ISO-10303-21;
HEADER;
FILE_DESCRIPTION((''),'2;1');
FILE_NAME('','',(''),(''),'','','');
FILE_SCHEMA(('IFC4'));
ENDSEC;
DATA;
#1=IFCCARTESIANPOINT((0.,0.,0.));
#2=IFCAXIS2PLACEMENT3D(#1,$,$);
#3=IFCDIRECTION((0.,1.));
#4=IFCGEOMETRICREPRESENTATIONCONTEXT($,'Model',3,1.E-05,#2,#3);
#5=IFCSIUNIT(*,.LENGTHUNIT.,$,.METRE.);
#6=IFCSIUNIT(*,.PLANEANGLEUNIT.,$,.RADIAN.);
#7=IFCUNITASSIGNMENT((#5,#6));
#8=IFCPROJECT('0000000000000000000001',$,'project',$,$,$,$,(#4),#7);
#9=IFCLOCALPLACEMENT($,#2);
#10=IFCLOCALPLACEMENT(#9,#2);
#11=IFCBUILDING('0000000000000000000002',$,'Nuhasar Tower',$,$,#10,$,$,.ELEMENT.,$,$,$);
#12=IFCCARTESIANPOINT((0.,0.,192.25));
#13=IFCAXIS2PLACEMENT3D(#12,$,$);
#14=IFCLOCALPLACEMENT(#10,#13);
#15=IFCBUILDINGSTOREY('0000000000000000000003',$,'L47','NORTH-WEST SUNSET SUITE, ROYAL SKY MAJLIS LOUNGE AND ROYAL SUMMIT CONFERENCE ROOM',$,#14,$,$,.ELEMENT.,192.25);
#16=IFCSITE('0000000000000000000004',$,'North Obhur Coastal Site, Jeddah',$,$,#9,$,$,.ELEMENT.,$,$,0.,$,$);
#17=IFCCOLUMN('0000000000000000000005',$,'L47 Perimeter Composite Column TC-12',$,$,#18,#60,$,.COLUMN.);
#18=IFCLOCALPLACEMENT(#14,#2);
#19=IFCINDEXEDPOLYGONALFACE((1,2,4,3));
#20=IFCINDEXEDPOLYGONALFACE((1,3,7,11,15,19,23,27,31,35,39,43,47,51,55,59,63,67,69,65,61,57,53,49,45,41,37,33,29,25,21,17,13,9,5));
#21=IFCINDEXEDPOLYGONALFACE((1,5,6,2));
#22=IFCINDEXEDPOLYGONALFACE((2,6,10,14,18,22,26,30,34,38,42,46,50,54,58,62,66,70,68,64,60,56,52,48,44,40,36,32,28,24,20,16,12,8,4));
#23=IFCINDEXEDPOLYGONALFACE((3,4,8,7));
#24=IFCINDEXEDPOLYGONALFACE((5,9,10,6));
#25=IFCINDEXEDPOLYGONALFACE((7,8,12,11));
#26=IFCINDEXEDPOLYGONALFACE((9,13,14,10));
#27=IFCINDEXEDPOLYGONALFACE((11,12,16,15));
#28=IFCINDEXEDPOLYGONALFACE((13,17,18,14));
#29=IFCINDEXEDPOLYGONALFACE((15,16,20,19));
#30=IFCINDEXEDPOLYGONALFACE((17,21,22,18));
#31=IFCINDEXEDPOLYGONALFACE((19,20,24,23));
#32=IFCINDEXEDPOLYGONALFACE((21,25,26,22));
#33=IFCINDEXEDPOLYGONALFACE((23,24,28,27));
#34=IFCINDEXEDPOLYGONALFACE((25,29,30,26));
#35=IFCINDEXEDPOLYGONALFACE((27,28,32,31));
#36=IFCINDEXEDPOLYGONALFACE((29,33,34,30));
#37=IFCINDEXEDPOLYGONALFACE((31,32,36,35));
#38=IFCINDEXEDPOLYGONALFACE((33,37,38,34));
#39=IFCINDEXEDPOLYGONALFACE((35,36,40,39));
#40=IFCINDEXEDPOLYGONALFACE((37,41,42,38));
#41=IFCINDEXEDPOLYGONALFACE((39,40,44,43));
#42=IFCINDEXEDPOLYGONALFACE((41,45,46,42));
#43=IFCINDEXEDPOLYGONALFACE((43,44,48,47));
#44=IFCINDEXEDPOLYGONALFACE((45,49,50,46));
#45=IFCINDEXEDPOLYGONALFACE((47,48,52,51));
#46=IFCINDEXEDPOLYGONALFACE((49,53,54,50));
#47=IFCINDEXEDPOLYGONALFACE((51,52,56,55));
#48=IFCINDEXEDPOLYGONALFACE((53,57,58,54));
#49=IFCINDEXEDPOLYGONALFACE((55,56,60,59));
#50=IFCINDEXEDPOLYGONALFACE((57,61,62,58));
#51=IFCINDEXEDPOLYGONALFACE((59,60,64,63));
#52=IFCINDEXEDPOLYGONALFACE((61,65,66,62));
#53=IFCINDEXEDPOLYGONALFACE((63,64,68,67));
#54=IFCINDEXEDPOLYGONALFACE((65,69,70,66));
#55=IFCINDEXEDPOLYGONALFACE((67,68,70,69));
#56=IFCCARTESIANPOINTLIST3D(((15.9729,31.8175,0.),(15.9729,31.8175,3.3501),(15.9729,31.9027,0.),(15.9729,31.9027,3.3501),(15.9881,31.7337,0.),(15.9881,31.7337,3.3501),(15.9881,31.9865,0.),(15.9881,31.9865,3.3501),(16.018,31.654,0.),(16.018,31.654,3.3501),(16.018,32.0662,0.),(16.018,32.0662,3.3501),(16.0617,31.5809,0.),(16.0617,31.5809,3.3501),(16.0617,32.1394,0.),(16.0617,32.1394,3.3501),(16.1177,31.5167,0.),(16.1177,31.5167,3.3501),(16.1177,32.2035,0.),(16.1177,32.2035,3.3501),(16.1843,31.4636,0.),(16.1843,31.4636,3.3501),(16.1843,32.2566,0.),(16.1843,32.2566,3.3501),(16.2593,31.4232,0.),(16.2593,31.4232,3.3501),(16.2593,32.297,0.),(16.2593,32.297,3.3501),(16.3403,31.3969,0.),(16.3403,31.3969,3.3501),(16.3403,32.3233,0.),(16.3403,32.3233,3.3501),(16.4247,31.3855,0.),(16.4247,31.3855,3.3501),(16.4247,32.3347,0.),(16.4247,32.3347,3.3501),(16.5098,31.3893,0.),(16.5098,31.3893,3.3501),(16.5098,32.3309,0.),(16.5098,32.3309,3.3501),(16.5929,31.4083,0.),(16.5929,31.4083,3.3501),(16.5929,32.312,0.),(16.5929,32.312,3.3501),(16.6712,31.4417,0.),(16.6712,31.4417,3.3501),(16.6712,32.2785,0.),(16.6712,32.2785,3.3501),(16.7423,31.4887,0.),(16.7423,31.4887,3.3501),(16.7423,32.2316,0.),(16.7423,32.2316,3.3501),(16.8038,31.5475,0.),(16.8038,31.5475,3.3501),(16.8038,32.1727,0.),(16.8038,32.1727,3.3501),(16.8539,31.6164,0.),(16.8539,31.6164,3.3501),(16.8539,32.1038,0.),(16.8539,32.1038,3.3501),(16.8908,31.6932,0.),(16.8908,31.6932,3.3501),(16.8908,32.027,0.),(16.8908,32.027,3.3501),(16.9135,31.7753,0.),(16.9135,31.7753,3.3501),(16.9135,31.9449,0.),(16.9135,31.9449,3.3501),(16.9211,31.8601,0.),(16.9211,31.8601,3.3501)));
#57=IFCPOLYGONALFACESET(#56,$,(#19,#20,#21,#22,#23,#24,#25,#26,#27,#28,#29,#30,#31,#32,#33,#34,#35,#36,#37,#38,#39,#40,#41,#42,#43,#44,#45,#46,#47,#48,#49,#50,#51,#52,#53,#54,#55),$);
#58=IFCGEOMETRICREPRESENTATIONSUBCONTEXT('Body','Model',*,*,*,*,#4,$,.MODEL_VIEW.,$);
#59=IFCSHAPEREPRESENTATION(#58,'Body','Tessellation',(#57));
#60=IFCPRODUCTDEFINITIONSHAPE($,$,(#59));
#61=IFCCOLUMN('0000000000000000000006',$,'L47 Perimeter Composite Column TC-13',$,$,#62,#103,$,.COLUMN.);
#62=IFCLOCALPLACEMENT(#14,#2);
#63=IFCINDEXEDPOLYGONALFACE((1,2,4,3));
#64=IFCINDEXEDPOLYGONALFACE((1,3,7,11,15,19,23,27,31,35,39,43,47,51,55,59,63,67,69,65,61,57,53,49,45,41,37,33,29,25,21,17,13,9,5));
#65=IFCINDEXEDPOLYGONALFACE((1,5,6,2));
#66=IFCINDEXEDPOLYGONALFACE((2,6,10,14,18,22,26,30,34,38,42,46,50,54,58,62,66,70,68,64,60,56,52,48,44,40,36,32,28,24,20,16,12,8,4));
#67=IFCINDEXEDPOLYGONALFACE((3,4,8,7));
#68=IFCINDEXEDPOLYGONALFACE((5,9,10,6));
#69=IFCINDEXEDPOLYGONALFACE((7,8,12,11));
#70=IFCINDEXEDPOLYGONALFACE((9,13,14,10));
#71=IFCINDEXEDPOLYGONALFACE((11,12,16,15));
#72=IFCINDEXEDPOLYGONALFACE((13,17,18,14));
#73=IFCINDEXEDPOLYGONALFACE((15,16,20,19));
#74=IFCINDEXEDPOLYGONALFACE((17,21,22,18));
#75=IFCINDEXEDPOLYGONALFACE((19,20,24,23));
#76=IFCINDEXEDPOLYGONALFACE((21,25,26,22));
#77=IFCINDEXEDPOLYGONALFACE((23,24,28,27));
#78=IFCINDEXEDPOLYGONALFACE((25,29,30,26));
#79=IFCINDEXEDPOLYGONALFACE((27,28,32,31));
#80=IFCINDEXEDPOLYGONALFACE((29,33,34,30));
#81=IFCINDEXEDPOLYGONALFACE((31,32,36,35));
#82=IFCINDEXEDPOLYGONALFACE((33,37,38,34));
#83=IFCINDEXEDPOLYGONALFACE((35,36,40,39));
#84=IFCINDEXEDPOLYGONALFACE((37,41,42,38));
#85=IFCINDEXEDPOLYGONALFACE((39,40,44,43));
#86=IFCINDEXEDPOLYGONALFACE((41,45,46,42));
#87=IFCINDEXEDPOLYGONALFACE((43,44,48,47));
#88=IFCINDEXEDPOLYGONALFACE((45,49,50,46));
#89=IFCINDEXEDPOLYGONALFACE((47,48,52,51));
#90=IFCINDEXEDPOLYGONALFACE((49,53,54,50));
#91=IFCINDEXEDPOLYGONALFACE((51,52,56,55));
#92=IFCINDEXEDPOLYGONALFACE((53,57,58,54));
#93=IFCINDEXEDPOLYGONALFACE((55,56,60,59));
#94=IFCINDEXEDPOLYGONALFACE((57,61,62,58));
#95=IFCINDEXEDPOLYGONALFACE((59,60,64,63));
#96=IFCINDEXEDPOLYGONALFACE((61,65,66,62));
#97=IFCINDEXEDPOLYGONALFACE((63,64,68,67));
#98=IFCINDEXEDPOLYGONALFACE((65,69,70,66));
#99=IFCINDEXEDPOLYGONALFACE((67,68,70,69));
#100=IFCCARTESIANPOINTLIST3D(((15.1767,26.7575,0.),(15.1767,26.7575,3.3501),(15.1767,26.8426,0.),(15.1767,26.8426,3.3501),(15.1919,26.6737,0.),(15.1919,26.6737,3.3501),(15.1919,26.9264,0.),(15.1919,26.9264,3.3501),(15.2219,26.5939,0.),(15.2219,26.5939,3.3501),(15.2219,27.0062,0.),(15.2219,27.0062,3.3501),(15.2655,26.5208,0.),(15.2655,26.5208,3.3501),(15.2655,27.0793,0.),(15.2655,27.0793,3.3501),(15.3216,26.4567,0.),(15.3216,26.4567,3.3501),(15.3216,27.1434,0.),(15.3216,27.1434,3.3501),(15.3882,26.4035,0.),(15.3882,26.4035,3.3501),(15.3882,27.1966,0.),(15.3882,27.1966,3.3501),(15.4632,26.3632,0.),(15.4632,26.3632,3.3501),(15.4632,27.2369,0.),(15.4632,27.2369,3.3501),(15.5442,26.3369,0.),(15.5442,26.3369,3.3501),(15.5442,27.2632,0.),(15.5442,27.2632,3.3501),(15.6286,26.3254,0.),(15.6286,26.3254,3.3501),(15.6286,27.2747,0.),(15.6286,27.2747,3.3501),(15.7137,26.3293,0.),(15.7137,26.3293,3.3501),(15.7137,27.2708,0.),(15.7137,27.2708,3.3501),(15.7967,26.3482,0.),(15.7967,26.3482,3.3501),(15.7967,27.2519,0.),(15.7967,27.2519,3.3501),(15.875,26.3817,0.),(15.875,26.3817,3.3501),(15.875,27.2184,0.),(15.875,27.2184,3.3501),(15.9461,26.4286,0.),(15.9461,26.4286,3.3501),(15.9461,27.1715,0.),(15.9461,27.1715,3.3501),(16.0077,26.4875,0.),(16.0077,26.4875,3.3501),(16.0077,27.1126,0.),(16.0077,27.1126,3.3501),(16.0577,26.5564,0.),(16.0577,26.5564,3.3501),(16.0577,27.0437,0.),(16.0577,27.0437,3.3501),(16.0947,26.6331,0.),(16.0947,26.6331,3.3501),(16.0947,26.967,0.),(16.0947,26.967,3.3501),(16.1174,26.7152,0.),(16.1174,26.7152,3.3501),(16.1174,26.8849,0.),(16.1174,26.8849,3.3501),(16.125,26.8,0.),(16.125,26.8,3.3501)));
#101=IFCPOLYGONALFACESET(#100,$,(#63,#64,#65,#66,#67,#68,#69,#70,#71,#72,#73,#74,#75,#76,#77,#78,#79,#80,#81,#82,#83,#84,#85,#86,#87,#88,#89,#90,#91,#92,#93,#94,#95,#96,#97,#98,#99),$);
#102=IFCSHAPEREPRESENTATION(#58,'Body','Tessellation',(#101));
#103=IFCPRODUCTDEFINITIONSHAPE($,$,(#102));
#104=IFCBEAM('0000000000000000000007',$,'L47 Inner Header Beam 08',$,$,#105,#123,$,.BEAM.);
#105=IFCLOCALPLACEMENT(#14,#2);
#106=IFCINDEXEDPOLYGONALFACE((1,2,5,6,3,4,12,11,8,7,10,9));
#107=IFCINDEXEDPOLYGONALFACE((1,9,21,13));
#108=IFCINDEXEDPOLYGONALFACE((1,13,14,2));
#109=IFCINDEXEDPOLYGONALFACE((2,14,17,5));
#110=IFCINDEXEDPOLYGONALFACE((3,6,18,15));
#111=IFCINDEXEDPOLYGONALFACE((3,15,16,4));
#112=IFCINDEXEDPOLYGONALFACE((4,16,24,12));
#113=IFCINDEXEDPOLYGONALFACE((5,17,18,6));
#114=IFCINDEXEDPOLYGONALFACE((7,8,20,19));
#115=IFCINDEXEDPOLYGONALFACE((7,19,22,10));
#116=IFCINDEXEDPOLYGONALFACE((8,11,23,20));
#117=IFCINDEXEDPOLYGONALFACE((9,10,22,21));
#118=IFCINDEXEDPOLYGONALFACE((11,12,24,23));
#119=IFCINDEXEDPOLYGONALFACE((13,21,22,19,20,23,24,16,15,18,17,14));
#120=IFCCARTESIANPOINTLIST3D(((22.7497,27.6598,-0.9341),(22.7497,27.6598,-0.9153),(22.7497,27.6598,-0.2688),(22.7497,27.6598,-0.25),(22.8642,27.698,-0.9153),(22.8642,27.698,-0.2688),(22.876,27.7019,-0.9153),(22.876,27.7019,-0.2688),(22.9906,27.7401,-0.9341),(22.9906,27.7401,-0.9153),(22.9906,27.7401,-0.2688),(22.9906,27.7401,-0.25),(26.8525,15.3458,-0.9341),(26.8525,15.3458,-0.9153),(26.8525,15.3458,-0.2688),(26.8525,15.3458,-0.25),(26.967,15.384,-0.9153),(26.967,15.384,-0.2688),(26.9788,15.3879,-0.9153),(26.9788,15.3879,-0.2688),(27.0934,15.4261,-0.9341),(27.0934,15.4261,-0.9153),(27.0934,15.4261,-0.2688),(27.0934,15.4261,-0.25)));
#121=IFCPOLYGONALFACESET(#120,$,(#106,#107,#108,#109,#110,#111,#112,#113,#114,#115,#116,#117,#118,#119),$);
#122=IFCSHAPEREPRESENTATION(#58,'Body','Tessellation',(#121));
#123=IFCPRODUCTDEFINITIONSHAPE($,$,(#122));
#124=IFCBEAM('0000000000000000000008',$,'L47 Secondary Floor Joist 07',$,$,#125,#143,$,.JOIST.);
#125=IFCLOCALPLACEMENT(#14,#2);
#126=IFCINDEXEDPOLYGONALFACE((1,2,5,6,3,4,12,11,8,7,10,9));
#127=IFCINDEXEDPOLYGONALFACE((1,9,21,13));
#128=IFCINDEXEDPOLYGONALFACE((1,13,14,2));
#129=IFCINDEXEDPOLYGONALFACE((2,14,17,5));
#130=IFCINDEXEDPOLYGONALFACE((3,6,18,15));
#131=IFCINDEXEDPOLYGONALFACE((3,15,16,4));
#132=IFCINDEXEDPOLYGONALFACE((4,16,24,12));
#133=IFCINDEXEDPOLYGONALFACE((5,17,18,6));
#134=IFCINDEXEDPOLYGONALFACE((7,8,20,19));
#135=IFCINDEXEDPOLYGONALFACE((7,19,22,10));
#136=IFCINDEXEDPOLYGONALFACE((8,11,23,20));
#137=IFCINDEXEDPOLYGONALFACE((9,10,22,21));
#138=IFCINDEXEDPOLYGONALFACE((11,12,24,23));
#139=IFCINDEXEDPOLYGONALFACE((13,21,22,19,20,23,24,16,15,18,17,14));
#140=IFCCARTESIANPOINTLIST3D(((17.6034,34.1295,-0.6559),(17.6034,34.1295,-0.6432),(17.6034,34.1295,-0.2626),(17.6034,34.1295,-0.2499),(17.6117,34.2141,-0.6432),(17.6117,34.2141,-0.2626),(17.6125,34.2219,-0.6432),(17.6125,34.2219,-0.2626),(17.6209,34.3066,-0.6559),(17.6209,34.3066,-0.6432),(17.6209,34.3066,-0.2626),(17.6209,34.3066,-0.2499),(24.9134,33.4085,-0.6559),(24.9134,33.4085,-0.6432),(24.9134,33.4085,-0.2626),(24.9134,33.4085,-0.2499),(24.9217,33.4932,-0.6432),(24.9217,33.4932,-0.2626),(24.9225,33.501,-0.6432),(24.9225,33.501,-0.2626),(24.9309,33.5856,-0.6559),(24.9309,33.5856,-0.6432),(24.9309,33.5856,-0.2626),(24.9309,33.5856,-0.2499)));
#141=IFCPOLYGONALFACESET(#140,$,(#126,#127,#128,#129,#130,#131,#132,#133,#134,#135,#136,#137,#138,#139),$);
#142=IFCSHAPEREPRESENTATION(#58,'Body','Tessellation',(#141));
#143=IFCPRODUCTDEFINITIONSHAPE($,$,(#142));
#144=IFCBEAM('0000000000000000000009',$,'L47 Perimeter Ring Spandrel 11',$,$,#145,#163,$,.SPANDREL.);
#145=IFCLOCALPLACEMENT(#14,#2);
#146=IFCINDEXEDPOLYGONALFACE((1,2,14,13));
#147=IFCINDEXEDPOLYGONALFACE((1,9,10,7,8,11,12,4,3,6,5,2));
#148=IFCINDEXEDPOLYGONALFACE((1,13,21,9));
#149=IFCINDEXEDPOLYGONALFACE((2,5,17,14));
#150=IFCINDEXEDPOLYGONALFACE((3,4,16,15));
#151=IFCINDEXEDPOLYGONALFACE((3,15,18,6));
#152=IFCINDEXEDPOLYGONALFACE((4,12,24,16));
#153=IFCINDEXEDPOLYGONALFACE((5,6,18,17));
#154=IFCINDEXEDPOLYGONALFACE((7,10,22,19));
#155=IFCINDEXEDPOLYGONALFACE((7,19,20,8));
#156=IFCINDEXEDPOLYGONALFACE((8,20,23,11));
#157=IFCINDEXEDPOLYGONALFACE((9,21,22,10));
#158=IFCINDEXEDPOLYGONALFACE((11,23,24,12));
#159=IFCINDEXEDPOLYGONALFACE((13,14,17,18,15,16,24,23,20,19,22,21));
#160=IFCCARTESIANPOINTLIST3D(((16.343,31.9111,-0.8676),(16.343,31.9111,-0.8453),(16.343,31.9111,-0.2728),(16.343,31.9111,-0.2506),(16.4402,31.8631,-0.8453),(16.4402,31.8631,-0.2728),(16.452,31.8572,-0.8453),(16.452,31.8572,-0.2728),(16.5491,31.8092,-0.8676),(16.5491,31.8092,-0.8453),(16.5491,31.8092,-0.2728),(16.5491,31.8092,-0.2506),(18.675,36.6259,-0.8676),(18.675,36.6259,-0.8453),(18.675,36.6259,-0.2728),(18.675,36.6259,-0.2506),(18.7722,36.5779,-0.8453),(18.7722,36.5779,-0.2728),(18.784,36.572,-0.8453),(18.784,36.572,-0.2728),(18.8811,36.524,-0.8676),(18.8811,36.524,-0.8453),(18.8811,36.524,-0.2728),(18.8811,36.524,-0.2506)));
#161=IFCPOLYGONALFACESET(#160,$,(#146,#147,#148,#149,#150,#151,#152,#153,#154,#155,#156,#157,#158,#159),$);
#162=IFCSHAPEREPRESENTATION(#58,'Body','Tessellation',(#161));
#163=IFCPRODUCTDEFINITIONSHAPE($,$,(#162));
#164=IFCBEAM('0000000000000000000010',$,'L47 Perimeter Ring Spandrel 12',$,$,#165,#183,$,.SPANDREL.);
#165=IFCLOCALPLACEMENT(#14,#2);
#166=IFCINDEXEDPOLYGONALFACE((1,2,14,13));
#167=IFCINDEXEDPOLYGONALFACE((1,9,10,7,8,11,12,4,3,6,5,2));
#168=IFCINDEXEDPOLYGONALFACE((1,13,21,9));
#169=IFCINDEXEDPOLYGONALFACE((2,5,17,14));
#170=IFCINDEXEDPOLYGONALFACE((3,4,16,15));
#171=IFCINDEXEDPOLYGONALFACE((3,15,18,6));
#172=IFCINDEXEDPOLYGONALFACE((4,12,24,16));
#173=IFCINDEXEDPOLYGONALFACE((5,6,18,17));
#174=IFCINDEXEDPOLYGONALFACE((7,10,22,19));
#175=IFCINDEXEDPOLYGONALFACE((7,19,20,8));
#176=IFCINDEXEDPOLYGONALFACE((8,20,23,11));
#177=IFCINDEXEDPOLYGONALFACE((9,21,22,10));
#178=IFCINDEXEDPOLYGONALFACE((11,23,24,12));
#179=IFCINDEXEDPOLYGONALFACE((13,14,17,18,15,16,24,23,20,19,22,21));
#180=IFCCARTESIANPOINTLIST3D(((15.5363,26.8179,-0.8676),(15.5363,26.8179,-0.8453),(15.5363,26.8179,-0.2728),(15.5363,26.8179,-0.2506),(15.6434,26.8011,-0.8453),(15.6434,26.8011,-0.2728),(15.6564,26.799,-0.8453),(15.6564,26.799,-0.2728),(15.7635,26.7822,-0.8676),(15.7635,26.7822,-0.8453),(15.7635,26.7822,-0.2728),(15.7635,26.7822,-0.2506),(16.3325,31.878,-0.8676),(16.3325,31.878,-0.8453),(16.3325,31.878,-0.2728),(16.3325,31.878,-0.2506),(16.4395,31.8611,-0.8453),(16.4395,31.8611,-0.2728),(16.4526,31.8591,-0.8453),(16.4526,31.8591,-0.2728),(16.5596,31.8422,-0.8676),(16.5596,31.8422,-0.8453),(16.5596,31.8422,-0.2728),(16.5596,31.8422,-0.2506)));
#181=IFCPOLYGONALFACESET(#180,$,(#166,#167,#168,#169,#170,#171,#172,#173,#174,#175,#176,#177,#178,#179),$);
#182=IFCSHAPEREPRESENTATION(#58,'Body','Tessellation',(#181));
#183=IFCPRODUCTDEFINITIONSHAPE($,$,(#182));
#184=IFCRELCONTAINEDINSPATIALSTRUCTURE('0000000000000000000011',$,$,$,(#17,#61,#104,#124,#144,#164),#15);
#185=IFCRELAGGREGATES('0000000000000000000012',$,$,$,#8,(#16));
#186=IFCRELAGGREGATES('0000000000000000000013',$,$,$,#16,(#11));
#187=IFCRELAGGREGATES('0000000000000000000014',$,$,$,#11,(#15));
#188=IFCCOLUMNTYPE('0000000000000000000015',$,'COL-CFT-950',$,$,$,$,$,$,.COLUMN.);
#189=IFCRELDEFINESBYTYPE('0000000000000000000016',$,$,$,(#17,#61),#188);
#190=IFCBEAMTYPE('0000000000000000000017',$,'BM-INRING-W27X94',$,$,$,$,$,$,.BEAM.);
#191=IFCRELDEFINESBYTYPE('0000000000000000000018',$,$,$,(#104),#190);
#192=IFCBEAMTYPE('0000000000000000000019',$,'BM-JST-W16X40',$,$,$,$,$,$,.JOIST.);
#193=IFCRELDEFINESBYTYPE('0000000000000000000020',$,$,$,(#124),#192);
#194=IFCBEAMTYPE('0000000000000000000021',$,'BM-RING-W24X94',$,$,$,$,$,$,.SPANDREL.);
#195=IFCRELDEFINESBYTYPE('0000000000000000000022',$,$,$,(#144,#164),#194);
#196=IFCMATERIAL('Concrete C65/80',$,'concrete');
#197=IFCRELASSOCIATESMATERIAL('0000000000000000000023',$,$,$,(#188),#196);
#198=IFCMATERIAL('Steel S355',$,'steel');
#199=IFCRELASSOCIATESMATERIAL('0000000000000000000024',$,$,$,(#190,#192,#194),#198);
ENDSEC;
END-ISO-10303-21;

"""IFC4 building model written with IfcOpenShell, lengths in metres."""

from ifc_helpers import new_model, si_unit, direction, frame, origin, origin_2d, place, context, subcontext, project, spatial, circle, i_section, extrude, material, material_profile, profile_set, type_object, element, save


model = new_model("IFC4")

# Units and contexts
model_context = context("Model", 3, precision=1e-05, world=origin(), true_north=direction((0.0, 1.0)))
body_context = subcontext(model_context, "Body", "Model", "MODEL_VIEW")
ifc_project = project(units=[si_unit("LENGTHUNIT", "METRE"), si_unit("PLANEANGLEUNIT", "RADIAN")], contexts=[model_context])

# Site, building, storey
site_placement = place(None, origin())
site = spatial("IfcSite", under=ifc_project, at=site_placement, Name="North Obhur Coastal Site, Jeddah", CompositionType="ELEMENT", RefElevation=0.0)
building_placement = place(site_placement, origin())
building = spatial("IfcBuilding", under=site, at=building_placement, Name="Nuhasar Tower", CompositionType="ELEMENT")
storey_placement = place(building_placement, frame((0.0, 0.0, 192.25)))
storey = spatial("IfcBuildingStorey", under=building, at=storey_placement, Name="L47", Description="NORTH-WEST SUNSET SUITE, ROYAL SKY MAJLIS LOUNGE AND ROYAL SUMMIT CONFERENCE ROOM", CompositionType="ELEMENT", Elevation=192.25)

# Columns
ifc_material_1 = material(Name="Concrete C65/80", Category="concrete")
ifc_material_profile_1 = material_profile(ifc_material_1, circle(Radius=0.4751, at=origin_2d()), Name="CFT950")
ifc_profile_set_1 = profile_set([ifc_material_profile_1], Name="Concrete C65/80")
column_type = type_object("IfcColumnType", Name="COL-CFT-950", PredefinedType="COLUMN", material=ifc_profile_set_1)
for number, where, z_axis, x_axis, name in (
    (1, (16.446, 31.8601, 0.0), (0.0, 0.0, 1.0), (1.0, 0.0, 0.0), "L47 Perimeter Composite Column TC-12"),
    (2, (15.6499, 26.8, 0.0), (0.0, 0.0, 1.0), (1.0, 0.0, 0.0), "L47 Perimeter Composite Column TC-13"),
):
    element("IfcColumn", number, at=place(storey_placement, frame(where, z_axis=z_axis, x_axis=x_axis)), inside=storey, type_object=column_type, Name=name, PredefinedType="COLUMN", context=body_context, shape_type="SweptSolid", body=[
        extrude(circle(Radius=0.4751, at=origin_2d()), origin(), (0.0, 0.0, 1.0), 3.3501),
    ])

# Beams
ifc_material_2 = material(Name="Steel S355", Category="steel")
ifc_material_profile_2 = material_profile(ifc_material_2, i_section(OverallWidth=0.2539, OverallDepth=0.6841, WebThickness=0.0125, FlangeThickness=0.0188, at=origin_2d()), Name="W27X94")
ifc_profile_set_2 = profile_set([ifc_material_profile_2], Name="Steel S355")
beam_type_1 = type_object("IfcBeamType", Name="BM-INRING-W27X94", PredefinedType="BEAM", material=ifc_profile_set_2)
beam_1_placement = place(storey_placement, frame((22.8701, 27.7, -0.592), z_axis=(0.316098, -0.948727, 0.0), x_axis=(0.948727, 0.316098, 0.0)))
element("IfcBeam", 3, at=beam_1_placement, inside=storey, type_object=beam_type_1, Name="L47 Inner Header Beam 08", PredefinedType="BEAM", context=body_context, shape_type="SweptSolid", body=[
    extrude(i_section(OverallWidth=0.2539, OverallDepth=0.6841, WebThickness=0.0125, FlangeThickness=0.0188, at=origin_2d()), origin(), (0.0, 0.0, 1.0), 12.9795),
])
ifc_material_profile_3 = material_profile(ifc_material_2, i_section(OverallWidth=0.178, OverallDepth=0.406, WebThickness=0.0078, FlangeThickness=0.0127, at=origin_2d()), Name="W16X40")
ifc_profile_set_3 = profile_set([ifc_material_profile_3], Name="Steel S355")
beam_type_2 = type_object("IfcBeamType", Name="BM-JST-W16X40", PredefinedType="JOIST", material=ifc_profile_set_3)
beam_2_placement = place(storey_placement, frame((24.9221, 33.4971, -0.4529), z_axis=(-0.995172, 0.098148, 0.0), x_axis=(-0.098148, -0.995172, 0.0)))
element("IfcBeam", 4, at=beam_2_placement, inside=storey, type_object=beam_type_2, Name="L47 Secondary Floor Joist 07", PredefinedType="JOIST", context=body_context, shape_type="SweptSolid", body=[
    extrude(i_section(OverallWidth=0.178, OverallDepth=0.406, WebThickness=0.0078, FlangeThickness=0.0127, at=origin_2d()), origin(), (0.0, 0.0, 1.0), 7.3455),
])
ifc_material_profile_4 = material_profile(ifc_material_2, i_section(OverallWidth=0.23, OverallDepth=0.6169, WebThickness=0.0132, FlangeThickness=0.0222, at=origin_2d()), Name="W24X94")
ifc_profile_set_4 = profile_set([ifc_material_profile_4], Name="Steel S355")
beam_type_3 = type_object("IfcBeamType", Name="BM-RING-W24X94", PredefinedType="SPANDREL", material=ifc_profile_set_4)
beam_3_placement = place(storey_placement, frame((18.7781, 36.575, -0.5591), z_axis=(-0.443348, -0.89635, 0.0), x_axis=(0.89635, -0.443348, 0.0)))
element("IfcBeam", 5, at=beam_3_placement, inside=storey, type_object=beam_type_3, Name="L47 Perimeter Ring Spandrel 11", PredefinedType="SPANDREL", context=body_context, shape_type="SweptSolid", body=[
    extrude(i_section(OverallWidth=0.23, OverallDepth=0.6169, WebThickness=0.0132, FlangeThickness=0.0222, at=origin_2d()), origin(), (0.0, 0.0, 1.0), 5.26),
])
beam_4_placement = place(storey_placement, frame((16.446, 31.8601, -0.5591), z_axis=(-0.155427, -0.987847, 0.0), x_axis=(0.987847, -0.155427, 0.0)))
element("IfcBeam", 6, at=beam_4_placement, inside=storey, type_object=beam_type_3, Name="L47 Perimeter Ring Spandrel 12", PredefinedType="SPANDREL", context=body_context, shape_type="SweptSolid", body=[
    extrude(i_section(OverallWidth=0.23, OverallDepth=0.6169, WebThickness=0.0132, FlangeThickness=0.0222, at=origin_2d()), origin(), (0.0, 0.0, 1.0), 5.1223),
])

save(model, "model.ifc")
